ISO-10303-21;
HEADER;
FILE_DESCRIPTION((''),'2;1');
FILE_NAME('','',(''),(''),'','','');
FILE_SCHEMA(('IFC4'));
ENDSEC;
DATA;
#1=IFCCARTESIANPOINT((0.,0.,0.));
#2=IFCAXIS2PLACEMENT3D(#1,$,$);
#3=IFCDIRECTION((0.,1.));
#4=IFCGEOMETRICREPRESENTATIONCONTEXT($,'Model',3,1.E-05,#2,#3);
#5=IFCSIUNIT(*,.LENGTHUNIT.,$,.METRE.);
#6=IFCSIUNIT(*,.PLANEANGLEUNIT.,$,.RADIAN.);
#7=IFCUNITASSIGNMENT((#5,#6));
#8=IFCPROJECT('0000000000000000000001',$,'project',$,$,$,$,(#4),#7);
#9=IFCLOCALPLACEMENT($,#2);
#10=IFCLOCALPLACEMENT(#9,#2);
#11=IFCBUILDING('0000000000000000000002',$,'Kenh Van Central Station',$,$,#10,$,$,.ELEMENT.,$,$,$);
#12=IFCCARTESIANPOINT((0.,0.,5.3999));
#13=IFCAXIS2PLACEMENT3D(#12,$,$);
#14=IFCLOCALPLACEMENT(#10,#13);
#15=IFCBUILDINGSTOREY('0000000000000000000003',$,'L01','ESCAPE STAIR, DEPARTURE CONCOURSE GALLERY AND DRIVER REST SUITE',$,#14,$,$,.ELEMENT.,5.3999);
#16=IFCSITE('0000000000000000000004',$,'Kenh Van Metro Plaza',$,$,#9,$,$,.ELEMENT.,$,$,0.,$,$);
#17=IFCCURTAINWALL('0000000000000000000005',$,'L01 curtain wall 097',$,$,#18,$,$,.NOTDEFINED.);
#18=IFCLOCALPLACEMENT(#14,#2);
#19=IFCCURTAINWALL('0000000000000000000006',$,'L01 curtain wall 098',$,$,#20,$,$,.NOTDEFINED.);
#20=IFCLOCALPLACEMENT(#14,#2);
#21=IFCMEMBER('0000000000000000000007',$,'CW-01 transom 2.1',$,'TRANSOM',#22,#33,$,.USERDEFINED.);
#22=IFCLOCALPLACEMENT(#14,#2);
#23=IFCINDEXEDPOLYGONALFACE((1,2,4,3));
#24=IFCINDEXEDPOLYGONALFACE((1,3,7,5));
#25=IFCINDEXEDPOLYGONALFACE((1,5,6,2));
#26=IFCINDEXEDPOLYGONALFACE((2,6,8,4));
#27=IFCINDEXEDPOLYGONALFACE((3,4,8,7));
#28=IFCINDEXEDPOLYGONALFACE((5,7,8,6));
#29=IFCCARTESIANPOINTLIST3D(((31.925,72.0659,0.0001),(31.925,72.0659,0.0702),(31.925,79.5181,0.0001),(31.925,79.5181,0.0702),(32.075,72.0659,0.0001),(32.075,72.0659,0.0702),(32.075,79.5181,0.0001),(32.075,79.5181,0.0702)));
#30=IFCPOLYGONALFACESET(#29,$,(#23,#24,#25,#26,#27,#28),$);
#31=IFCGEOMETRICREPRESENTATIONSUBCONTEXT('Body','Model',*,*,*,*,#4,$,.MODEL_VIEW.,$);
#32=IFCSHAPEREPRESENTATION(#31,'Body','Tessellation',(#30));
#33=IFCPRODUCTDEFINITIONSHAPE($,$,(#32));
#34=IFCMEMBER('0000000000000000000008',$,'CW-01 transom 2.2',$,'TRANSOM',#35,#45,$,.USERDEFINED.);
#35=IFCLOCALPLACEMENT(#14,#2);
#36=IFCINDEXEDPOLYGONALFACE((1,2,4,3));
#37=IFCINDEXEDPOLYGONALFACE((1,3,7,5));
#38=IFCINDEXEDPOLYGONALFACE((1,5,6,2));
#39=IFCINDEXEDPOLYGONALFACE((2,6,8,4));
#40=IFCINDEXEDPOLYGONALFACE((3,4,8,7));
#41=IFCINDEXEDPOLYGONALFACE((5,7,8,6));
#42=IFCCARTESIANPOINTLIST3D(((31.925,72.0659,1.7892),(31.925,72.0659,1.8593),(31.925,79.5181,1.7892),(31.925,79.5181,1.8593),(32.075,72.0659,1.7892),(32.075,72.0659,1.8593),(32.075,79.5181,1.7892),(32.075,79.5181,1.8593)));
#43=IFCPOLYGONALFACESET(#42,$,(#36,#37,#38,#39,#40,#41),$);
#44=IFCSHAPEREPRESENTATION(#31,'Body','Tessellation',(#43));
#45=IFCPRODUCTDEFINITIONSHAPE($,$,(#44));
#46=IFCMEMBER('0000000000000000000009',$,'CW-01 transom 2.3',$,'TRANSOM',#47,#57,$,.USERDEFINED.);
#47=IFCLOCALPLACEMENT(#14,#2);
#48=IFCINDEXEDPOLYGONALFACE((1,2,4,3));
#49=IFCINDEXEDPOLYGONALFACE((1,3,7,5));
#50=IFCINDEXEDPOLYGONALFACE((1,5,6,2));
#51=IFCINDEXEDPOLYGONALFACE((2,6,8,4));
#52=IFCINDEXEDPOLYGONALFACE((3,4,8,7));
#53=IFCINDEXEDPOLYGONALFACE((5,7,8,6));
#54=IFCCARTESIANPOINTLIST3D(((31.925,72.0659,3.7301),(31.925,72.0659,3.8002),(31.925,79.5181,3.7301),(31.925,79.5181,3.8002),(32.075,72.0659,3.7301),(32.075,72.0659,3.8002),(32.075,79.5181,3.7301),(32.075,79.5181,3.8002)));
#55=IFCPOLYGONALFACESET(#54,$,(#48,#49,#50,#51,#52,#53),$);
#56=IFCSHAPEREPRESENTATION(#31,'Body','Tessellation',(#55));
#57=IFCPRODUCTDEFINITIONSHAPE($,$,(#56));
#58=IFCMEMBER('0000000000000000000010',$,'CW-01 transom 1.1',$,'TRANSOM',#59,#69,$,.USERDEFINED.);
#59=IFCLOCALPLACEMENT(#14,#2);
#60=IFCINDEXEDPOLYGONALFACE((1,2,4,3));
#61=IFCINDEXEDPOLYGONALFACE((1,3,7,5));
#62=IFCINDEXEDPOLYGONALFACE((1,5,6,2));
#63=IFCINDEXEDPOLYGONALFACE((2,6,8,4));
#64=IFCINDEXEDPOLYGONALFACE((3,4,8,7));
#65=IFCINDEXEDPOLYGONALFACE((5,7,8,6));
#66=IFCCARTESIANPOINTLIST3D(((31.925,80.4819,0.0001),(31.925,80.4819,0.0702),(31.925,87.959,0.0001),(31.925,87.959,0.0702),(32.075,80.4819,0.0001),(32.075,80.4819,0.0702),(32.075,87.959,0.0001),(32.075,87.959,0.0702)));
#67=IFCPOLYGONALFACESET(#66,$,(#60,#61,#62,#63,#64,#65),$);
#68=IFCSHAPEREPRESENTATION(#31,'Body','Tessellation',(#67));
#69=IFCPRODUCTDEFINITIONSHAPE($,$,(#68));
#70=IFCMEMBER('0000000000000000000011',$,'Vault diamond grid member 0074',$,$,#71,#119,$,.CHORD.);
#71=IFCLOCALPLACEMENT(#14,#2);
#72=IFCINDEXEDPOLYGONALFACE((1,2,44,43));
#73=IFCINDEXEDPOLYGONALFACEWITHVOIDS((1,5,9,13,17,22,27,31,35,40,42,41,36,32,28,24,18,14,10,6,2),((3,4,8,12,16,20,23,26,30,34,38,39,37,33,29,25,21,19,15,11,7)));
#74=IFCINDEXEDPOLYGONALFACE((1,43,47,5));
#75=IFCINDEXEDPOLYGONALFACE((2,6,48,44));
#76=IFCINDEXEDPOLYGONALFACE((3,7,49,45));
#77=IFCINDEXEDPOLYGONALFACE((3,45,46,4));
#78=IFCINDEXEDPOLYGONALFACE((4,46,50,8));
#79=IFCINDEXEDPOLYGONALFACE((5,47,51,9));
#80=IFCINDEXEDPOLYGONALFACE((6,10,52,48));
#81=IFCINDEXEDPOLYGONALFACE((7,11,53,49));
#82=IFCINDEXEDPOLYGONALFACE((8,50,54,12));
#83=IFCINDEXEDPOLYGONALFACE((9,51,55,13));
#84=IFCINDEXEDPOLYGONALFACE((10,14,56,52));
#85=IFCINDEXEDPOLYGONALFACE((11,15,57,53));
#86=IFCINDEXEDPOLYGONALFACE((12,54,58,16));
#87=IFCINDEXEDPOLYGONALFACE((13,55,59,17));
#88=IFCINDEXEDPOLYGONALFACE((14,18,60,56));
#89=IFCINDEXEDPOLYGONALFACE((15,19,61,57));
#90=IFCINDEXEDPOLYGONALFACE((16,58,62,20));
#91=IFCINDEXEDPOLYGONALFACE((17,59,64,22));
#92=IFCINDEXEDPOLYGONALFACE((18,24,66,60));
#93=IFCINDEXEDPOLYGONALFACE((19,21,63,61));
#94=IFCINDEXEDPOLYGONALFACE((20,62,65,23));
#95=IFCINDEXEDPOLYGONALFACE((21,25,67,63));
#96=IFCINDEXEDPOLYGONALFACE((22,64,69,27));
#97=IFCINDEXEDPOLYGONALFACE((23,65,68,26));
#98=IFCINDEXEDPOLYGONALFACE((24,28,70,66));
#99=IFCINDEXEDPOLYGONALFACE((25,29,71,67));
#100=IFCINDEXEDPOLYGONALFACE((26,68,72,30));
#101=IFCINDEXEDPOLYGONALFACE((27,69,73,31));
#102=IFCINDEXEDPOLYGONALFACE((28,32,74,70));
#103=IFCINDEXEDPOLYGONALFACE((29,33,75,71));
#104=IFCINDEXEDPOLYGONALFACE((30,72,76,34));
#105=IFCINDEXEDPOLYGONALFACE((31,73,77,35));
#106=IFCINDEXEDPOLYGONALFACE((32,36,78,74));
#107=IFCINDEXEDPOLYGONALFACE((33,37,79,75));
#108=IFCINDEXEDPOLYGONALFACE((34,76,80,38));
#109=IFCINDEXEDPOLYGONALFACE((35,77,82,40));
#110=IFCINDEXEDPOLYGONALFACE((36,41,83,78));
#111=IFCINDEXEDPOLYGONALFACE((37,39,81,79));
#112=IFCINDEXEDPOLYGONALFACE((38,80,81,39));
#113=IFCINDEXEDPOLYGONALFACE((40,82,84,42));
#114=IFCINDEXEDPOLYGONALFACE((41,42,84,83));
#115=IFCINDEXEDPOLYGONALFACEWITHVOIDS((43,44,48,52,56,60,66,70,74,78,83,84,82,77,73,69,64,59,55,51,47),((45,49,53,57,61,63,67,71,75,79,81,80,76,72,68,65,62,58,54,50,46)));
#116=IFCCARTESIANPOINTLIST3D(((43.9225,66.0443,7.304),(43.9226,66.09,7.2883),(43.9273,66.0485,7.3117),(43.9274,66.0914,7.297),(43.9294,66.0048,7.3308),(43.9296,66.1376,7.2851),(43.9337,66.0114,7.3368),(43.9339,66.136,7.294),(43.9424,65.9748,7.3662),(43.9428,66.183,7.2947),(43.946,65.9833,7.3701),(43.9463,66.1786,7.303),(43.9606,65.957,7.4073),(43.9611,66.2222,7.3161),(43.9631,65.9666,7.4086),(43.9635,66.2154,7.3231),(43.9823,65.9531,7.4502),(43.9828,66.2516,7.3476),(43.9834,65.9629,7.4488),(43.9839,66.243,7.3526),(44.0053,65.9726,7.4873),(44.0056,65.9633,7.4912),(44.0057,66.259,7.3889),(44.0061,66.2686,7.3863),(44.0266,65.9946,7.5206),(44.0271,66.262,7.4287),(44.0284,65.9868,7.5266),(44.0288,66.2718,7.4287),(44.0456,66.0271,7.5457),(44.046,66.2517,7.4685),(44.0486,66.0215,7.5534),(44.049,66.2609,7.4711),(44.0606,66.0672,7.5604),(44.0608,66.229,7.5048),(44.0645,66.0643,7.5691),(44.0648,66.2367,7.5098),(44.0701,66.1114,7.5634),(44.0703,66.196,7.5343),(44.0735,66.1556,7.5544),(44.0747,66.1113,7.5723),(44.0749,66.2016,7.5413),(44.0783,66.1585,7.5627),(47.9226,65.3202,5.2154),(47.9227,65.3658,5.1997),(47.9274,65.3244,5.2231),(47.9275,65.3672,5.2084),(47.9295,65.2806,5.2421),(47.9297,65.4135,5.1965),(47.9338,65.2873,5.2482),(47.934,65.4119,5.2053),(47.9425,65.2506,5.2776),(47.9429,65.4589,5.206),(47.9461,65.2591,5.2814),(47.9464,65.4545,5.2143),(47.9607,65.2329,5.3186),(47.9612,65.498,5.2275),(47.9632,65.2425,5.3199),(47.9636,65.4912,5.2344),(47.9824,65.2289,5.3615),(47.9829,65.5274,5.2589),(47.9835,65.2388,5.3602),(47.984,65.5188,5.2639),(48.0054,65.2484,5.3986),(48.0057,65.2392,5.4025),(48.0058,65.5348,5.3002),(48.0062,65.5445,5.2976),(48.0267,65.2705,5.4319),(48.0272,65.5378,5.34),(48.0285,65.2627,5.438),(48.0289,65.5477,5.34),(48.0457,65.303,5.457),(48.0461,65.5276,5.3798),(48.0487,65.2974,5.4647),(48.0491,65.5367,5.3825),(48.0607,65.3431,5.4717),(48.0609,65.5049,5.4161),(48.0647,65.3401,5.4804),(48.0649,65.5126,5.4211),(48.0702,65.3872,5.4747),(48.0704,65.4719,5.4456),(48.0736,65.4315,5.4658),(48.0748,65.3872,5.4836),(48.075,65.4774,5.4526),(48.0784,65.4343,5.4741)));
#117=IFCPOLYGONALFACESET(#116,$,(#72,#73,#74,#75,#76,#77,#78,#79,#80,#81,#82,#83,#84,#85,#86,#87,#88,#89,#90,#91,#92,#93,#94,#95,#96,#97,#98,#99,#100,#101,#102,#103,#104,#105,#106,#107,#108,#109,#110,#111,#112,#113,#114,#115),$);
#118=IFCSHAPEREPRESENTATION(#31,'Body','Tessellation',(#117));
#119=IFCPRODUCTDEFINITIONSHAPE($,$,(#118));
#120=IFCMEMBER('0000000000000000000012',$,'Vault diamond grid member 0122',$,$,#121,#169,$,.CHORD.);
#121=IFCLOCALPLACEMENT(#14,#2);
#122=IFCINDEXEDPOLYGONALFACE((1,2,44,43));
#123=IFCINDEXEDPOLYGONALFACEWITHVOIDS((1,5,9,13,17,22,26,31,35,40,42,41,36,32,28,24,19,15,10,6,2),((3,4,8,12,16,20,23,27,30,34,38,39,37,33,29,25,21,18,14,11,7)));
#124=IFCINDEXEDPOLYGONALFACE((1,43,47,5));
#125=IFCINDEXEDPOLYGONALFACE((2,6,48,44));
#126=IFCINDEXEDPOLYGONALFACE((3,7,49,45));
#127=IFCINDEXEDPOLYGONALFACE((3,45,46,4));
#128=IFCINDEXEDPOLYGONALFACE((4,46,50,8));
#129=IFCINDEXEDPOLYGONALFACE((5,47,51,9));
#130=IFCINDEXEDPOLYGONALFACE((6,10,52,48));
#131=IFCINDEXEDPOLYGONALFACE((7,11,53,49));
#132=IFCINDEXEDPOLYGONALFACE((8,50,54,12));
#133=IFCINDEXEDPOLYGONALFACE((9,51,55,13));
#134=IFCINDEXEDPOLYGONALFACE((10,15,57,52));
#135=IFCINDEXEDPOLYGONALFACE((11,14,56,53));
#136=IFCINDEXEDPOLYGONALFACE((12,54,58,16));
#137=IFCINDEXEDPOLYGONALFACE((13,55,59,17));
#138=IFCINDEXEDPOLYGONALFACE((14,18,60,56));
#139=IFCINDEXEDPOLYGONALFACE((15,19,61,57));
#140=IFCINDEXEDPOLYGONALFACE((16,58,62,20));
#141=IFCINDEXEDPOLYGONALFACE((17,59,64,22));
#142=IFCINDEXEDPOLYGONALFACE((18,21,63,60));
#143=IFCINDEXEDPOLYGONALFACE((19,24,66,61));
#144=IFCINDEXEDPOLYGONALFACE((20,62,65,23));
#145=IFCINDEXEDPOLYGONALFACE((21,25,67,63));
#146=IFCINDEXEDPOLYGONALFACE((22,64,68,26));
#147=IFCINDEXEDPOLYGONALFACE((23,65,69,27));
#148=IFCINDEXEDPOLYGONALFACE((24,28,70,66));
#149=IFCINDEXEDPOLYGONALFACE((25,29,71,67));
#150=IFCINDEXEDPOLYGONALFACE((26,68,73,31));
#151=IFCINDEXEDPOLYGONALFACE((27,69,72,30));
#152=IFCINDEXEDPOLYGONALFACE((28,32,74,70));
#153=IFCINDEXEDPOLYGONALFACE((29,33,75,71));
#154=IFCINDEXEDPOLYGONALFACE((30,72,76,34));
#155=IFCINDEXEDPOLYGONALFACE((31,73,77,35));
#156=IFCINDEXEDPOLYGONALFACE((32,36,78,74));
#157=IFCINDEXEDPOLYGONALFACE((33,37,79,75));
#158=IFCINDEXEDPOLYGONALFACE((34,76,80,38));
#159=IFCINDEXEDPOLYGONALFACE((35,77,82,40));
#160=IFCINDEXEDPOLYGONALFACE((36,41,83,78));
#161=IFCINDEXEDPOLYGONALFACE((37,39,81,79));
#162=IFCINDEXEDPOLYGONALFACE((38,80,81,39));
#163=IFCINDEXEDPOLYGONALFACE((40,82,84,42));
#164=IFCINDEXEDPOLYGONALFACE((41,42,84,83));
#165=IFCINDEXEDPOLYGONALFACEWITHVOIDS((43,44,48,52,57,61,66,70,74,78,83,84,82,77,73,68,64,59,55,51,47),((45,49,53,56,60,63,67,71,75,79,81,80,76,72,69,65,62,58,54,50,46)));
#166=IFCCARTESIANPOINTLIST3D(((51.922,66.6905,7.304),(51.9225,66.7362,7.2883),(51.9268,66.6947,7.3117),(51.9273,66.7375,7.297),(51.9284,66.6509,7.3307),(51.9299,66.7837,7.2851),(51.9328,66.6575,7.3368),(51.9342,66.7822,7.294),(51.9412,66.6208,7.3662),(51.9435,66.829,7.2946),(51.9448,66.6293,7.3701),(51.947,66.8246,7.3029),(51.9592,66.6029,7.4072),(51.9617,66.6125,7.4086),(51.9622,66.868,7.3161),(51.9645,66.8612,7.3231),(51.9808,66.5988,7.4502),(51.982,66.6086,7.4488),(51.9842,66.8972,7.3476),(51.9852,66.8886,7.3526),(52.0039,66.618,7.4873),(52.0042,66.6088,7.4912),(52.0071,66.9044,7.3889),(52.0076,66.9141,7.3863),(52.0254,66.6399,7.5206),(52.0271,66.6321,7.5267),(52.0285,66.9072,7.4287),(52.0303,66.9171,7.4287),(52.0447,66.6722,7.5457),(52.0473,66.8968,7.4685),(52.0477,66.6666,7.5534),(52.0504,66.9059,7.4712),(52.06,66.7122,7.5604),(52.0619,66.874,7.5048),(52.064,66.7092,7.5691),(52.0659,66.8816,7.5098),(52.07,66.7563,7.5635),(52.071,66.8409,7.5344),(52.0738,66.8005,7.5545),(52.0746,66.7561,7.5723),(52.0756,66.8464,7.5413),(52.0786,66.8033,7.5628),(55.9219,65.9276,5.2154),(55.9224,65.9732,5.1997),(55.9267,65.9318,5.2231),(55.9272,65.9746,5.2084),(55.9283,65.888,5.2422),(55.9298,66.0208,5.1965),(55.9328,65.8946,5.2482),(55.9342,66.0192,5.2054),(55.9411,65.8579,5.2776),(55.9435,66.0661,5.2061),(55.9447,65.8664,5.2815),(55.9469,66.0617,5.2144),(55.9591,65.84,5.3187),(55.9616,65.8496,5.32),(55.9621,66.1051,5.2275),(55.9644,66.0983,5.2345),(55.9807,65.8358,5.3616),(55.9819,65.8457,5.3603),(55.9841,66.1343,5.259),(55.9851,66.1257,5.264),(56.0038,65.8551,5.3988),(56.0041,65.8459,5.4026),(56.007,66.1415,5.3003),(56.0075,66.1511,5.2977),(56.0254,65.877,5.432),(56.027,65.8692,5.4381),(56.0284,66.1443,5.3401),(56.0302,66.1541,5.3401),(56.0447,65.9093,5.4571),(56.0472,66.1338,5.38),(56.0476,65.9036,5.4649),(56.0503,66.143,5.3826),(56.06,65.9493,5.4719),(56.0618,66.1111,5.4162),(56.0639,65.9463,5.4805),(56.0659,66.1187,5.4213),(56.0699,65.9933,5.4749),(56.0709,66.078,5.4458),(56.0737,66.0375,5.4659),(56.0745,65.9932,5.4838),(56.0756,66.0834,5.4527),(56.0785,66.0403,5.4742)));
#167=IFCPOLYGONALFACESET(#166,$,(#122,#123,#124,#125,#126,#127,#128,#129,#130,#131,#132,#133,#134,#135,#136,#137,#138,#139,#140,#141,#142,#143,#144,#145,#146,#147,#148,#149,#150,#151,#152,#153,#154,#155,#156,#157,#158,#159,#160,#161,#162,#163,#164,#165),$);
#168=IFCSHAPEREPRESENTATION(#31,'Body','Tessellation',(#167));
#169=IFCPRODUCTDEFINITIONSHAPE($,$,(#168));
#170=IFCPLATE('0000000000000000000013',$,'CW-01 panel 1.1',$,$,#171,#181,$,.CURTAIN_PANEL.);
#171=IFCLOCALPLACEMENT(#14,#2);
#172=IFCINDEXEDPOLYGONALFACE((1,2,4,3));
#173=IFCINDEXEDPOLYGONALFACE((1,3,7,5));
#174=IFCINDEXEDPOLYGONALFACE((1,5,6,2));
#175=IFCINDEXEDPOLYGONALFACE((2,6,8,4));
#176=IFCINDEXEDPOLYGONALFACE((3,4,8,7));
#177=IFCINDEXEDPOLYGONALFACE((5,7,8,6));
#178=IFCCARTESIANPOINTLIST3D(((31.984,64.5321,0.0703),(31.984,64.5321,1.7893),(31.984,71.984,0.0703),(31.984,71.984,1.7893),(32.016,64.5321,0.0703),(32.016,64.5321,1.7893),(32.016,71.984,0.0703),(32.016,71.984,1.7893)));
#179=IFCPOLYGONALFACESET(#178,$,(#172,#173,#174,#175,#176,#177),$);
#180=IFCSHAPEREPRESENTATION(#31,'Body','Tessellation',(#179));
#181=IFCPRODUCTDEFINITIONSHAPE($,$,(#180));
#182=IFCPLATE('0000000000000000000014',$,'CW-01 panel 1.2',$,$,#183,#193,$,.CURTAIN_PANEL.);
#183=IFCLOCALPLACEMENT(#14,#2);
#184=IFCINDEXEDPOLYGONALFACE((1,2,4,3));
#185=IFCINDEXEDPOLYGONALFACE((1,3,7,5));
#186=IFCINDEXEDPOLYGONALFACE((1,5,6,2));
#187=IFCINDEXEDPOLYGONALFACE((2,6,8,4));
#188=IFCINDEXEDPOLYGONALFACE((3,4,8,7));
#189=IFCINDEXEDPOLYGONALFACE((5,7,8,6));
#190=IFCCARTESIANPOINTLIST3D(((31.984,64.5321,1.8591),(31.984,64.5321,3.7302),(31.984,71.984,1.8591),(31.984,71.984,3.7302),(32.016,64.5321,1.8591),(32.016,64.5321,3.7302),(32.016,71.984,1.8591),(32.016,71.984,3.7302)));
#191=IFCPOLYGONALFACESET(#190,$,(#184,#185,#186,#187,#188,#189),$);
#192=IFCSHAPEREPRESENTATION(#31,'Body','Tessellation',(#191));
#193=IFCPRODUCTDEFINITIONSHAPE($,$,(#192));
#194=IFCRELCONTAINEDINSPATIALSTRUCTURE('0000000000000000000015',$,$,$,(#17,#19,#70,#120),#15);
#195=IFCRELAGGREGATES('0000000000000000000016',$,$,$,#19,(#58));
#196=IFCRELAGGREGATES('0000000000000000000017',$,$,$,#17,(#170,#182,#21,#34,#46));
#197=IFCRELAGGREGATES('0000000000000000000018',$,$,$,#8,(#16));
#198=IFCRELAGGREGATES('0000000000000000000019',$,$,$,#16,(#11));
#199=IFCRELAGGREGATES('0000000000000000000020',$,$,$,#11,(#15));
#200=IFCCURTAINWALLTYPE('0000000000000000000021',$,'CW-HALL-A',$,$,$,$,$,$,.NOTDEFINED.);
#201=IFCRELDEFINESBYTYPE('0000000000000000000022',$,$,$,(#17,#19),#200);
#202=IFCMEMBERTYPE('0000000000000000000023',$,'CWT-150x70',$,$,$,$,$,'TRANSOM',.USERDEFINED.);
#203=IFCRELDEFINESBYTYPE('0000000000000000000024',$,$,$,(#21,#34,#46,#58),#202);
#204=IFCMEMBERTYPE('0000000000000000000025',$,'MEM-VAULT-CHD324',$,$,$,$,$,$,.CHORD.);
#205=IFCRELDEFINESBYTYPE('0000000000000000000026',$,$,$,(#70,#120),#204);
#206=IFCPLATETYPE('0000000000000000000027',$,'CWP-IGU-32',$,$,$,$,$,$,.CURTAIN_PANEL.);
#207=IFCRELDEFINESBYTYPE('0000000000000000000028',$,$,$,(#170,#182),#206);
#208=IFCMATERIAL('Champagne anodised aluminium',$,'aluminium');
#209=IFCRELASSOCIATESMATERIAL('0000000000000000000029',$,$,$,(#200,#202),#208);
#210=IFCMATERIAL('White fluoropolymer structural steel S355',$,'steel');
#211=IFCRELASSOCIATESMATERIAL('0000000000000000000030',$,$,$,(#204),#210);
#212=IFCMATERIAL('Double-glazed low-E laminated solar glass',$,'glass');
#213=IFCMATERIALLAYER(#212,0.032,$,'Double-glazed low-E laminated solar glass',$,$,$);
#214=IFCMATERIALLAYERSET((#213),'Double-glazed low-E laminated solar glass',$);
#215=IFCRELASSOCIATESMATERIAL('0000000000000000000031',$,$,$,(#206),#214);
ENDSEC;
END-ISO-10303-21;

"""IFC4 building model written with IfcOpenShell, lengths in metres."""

from ifc_helpers import new_model, si_unit, direction, frame, origin, origin_2d, place, context, subcontext, project, spatial, rectangle, hollow_circle, extrude, material, layer, layer_set, material_profile, profile_set, type_object, element, aggregate, save


model = new_model("IFC4")

# Units and contexts
model_context = context("Model", 3, precision=1e-05, world=origin(), true_north=direction((0.0, 1.0)))
body_context = subcontext(model_context, "Body", "Model", "MODEL_VIEW")
ifc_project = project(units=[si_unit("LENGTHUNIT", "METRE"), si_unit("PLANEANGLEUNIT", "RADIAN")], contexts=[model_context])

# Site, building, storey
site_placement = place(None, origin())
site = spatial("IfcSite", under=ifc_project, at=site_placement, Name="Kenh Van Metro Plaza", CompositionType="ELEMENT", RefElevation=0.0)
building_placement = place(site_placement, origin())
building = spatial("IfcBuilding", under=site, at=building_placement, Name="Kenh Van Central Station", CompositionType="ELEMENT")
storey_placement = place(building_placement, frame((0.0, 0.0, 5.3999)))
storey = spatial("IfcBuildingStorey", under=building, at=storey_placement, Name="L01", Description="ESCAPE STAIR, DEPARTURE CONCOURSE GALLERY AND DRIVER REST SUITE", CompositionType="ELEMENT", Elevation=5.3999)

# Shared definitions
ifc_material_1 = material(Name="White fluoropolymer structural steel S355", Category="steel")

# Curtain wall
ifc_material_2 = material(Name="Champagne anodised aluminium", Category="aluminium")
curtain_wall_type = type_object("IfcCurtainWallType", Name="CW-HALL-A", PredefinedType="NOTDEFINED", material=ifc_material_2)
curtain_wall_1_placement = place(storey_placement, origin())
curtain_wall_1 = element("IfcCurtainWall", 1, at=curtain_wall_1_placement, inside=storey, type_object=curtain_wall_type, Name="L01 curtain wall 097", PredefinedType="NOTDEFINED")

# Curtain wall
curtain_wall_2_placement = place(storey_placement, origin())
curtain_wall_2 = element("IfcCurtainWall", 2, at=curtain_wall_2_placement, inside=storey, type_object=curtain_wall_type, Name="L01 curtain wall 098", PredefinedType="NOTDEFINED")

# Members
ifc_material_profile_1 = material_profile(ifc_material_2, rectangle(XDim=0.1499, YDim=0.0701, at=origin_2d()), Name="AL 150x70")
ifc_profile_set_1 = profile_set([ifc_material_profile_1], Name="Champagne anodised aluminium")
member_type_1 = type_object("IfcMemberType", Name="CWT-150x70", ElementType="TRANSOM", PredefinedType="USERDEFINED", material=ifc_profile_set_1)
member_1_placement = place(storey_placement, frame((32.0, 72.0659, 0.0352), z_axis=(0.0, 1.0, 0.0), x_axis=(-1.0, 0.0, 0.0)))
member_1 = element("IfcMember", 3, at=member_1_placement, type_object=member_type_1, Name="CW-01 transom 2.1", ObjectType="TRANSOM", PredefinedType="USERDEFINED", context=body_context, shape_type="SweptSolid", body=[
    extrude(rectangle(XDim=0.1499, YDim=0.0701, at=origin_2d()), origin(), (0.0, 0.0, 1.0), 7.4521),
])
member_2_placement = place(storey_placement, frame((32.0, 72.0659, 1.8242), z_axis=(0.0, 1.0, 0.0), x_axis=(-1.0, 0.0, 0.0)))
member_2 = element("IfcMember", 4, at=member_2_placement, type_object=member_type_1, Name="CW-01 transom 2.2", ObjectType="TRANSOM", PredefinedType="USERDEFINED", context=body_context, shape_type="SweptSolid", body=[
    extrude(rectangle(XDim=0.1499, YDim=0.0701, at=origin_2d()), origin(), (0.0, 0.0, 1.0), 7.4521),
])
member_3_placement = place(storey_placement, frame((32.0, 72.0659, 3.7651), z_axis=(0.0, 1.0, 0.0), x_axis=(-1.0, 0.0, 0.0)))
member_3 = element("IfcMember", 5, at=member_3_placement, type_object=member_type_1, Name="CW-01 transom 2.3", ObjectType="TRANSOM", PredefinedType="USERDEFINED", context=body_context, shape_type="SweptSolid", body=[
    extrude(rectangle(XDim=0.1499, YDim=0.0701, at=origin_2d()), origin(), (0.0, 0.0, 1.0), 7.4521),
])
member_4_placement = place(storey_placement, frame((32.0, 80.4819, 0.0352), z_axis=(0.0, 1.0, 0.0), x_axis=(-1.0, 0.0, 0.0)))
member_4 = element("IfcMember", 6, at=member_4_placement, type_object=member_type_1, Name="CW-01 transom 1.1", ObjectType="TRANSOM", PredefinedType="USERDEFINED", context=body_context, shape_type="SweptSolid", body=[
    extrude(rectangle(XDim=0.1499, YDim=0.0701, at=origin_2d()), origin(), (0.0, 0.0, 1.0), 7.4771),
])
aggregate(curtain_wall_2, [member_4])

# Members
ifc_material_profile_2 = material_profile(ifc_material_1, hollow_circle(Radius=0.1619, WallThickness=0.01, at=origin_2d()), Name="CHS 323.9x10")
ifc_profile_set_2 = profile_set([ifc_material_profile_2], Name="White fluoropolymer structural steel S355")
member_type_2 = type_object("IfcMemberType", Name="MEM-VAULT-CHD324", PredefinedType="CHORD", material=ifc_profile_set_2)
member_5_placement = place(storey_placement, frame((44.0, 66.1125, 7.4287), z_axis=(0.875236, -0.158444, -0.457009), x_axis=(0.178135, 0.984006, 0.0)))
element("IfcMember", 7, at=member_5_placement, inside=storey, type_object=member_type_2, Name="Vault diamond grid member 0074", PredefinedType="CHORD", context=body_context, shape_type="SweptSolid", body=[
    extrude(hollow_circle(Radius=0.1619, WallThickness=0.01, at=origin_2d()), origin(), (0.0, 0.0, 1.0), 4.5703),
])
member_6_placement = place(storey_placement, frame((52.0, 66.7581, 7.4287), z_axis=(0.874029, -0.166708, -0.456379), x_axis=(0.187357, 0.982292, 0.0)))
element("IfcMember", 8, at=member_6_placement, inside=storey, type_object=member_type_2, Name="Vault diamond grid member 0122", PredefinedType="CHORD", context=body_context, shape_type="SweptSolid", body=[
    extrude(hollow_circle(Radius=0.1619, WallThickness=0.01, at=origin_2d()), origin(), (0.0, 0.0, 1.0), 4.5764),
])

# Plates
ifc_material_3 = material(Name="Double-glazed low-E laminated solar glass", Category="glass")
ifc_layer_1 = layer(ifc_material_3, 0.032, Name="Double-glazed low-E laminated solar glass")
ifc_layer_set_1 = layer_set([ifc_layer_1], Name="Double-glazed low-E laminated solar glass")
plate_type = type_object("IfcPlateType", Name="CWP-IGU-32", PredefinedType="CURTAIN_PANEL", material=ifc_layer_set_1)
plate_1_placement = place(storey_placement, frame((32.0, 68.2581, 0.0703), z_axis=(0.0, 0.0, 1.0), x_axis=(0.0, 1.0, 0.0)))
plate_1 = element("IfcPlate", 9, at=plate_1_placement, type_object=plate_type, Name="CW-01 panel 1.1", PredefinedType="CURTAIN_PANEL", context=body_context, shape_type="SweptSolid", body=[
    extrude(rectangle(XDim=7.4519, YDim=0.032, at=origin_2d()), origin(), (0.0, 0.0, 1.0), 1.719),
])
plate_2_placement = place(storey_placement, frame((32.0, 68.2581, 1.8591), z_axis=(0.0, 0.0, 1.0), x_axis=(0.0, 1.0, 0.0)))
plate_2 = element("IfcPlate", 10, at=plate_2_placement, type_object=plate_type, Name="CW-01 panel 1.2", PredefinedType="CURTAIN_PANEL", context=body_context, shape_type="SweptSolid", body=[
    extrude(rectangle(XDim=7.4519, YDim=0.032, at=origin_2d()), origin(), (0.0, 0.0, 1.0), 1.8711),
])
aggregate(curtain_wall_1, [plate_1, plate_2, member_1, member_2, member_3])

save(model, "model.ifc")
